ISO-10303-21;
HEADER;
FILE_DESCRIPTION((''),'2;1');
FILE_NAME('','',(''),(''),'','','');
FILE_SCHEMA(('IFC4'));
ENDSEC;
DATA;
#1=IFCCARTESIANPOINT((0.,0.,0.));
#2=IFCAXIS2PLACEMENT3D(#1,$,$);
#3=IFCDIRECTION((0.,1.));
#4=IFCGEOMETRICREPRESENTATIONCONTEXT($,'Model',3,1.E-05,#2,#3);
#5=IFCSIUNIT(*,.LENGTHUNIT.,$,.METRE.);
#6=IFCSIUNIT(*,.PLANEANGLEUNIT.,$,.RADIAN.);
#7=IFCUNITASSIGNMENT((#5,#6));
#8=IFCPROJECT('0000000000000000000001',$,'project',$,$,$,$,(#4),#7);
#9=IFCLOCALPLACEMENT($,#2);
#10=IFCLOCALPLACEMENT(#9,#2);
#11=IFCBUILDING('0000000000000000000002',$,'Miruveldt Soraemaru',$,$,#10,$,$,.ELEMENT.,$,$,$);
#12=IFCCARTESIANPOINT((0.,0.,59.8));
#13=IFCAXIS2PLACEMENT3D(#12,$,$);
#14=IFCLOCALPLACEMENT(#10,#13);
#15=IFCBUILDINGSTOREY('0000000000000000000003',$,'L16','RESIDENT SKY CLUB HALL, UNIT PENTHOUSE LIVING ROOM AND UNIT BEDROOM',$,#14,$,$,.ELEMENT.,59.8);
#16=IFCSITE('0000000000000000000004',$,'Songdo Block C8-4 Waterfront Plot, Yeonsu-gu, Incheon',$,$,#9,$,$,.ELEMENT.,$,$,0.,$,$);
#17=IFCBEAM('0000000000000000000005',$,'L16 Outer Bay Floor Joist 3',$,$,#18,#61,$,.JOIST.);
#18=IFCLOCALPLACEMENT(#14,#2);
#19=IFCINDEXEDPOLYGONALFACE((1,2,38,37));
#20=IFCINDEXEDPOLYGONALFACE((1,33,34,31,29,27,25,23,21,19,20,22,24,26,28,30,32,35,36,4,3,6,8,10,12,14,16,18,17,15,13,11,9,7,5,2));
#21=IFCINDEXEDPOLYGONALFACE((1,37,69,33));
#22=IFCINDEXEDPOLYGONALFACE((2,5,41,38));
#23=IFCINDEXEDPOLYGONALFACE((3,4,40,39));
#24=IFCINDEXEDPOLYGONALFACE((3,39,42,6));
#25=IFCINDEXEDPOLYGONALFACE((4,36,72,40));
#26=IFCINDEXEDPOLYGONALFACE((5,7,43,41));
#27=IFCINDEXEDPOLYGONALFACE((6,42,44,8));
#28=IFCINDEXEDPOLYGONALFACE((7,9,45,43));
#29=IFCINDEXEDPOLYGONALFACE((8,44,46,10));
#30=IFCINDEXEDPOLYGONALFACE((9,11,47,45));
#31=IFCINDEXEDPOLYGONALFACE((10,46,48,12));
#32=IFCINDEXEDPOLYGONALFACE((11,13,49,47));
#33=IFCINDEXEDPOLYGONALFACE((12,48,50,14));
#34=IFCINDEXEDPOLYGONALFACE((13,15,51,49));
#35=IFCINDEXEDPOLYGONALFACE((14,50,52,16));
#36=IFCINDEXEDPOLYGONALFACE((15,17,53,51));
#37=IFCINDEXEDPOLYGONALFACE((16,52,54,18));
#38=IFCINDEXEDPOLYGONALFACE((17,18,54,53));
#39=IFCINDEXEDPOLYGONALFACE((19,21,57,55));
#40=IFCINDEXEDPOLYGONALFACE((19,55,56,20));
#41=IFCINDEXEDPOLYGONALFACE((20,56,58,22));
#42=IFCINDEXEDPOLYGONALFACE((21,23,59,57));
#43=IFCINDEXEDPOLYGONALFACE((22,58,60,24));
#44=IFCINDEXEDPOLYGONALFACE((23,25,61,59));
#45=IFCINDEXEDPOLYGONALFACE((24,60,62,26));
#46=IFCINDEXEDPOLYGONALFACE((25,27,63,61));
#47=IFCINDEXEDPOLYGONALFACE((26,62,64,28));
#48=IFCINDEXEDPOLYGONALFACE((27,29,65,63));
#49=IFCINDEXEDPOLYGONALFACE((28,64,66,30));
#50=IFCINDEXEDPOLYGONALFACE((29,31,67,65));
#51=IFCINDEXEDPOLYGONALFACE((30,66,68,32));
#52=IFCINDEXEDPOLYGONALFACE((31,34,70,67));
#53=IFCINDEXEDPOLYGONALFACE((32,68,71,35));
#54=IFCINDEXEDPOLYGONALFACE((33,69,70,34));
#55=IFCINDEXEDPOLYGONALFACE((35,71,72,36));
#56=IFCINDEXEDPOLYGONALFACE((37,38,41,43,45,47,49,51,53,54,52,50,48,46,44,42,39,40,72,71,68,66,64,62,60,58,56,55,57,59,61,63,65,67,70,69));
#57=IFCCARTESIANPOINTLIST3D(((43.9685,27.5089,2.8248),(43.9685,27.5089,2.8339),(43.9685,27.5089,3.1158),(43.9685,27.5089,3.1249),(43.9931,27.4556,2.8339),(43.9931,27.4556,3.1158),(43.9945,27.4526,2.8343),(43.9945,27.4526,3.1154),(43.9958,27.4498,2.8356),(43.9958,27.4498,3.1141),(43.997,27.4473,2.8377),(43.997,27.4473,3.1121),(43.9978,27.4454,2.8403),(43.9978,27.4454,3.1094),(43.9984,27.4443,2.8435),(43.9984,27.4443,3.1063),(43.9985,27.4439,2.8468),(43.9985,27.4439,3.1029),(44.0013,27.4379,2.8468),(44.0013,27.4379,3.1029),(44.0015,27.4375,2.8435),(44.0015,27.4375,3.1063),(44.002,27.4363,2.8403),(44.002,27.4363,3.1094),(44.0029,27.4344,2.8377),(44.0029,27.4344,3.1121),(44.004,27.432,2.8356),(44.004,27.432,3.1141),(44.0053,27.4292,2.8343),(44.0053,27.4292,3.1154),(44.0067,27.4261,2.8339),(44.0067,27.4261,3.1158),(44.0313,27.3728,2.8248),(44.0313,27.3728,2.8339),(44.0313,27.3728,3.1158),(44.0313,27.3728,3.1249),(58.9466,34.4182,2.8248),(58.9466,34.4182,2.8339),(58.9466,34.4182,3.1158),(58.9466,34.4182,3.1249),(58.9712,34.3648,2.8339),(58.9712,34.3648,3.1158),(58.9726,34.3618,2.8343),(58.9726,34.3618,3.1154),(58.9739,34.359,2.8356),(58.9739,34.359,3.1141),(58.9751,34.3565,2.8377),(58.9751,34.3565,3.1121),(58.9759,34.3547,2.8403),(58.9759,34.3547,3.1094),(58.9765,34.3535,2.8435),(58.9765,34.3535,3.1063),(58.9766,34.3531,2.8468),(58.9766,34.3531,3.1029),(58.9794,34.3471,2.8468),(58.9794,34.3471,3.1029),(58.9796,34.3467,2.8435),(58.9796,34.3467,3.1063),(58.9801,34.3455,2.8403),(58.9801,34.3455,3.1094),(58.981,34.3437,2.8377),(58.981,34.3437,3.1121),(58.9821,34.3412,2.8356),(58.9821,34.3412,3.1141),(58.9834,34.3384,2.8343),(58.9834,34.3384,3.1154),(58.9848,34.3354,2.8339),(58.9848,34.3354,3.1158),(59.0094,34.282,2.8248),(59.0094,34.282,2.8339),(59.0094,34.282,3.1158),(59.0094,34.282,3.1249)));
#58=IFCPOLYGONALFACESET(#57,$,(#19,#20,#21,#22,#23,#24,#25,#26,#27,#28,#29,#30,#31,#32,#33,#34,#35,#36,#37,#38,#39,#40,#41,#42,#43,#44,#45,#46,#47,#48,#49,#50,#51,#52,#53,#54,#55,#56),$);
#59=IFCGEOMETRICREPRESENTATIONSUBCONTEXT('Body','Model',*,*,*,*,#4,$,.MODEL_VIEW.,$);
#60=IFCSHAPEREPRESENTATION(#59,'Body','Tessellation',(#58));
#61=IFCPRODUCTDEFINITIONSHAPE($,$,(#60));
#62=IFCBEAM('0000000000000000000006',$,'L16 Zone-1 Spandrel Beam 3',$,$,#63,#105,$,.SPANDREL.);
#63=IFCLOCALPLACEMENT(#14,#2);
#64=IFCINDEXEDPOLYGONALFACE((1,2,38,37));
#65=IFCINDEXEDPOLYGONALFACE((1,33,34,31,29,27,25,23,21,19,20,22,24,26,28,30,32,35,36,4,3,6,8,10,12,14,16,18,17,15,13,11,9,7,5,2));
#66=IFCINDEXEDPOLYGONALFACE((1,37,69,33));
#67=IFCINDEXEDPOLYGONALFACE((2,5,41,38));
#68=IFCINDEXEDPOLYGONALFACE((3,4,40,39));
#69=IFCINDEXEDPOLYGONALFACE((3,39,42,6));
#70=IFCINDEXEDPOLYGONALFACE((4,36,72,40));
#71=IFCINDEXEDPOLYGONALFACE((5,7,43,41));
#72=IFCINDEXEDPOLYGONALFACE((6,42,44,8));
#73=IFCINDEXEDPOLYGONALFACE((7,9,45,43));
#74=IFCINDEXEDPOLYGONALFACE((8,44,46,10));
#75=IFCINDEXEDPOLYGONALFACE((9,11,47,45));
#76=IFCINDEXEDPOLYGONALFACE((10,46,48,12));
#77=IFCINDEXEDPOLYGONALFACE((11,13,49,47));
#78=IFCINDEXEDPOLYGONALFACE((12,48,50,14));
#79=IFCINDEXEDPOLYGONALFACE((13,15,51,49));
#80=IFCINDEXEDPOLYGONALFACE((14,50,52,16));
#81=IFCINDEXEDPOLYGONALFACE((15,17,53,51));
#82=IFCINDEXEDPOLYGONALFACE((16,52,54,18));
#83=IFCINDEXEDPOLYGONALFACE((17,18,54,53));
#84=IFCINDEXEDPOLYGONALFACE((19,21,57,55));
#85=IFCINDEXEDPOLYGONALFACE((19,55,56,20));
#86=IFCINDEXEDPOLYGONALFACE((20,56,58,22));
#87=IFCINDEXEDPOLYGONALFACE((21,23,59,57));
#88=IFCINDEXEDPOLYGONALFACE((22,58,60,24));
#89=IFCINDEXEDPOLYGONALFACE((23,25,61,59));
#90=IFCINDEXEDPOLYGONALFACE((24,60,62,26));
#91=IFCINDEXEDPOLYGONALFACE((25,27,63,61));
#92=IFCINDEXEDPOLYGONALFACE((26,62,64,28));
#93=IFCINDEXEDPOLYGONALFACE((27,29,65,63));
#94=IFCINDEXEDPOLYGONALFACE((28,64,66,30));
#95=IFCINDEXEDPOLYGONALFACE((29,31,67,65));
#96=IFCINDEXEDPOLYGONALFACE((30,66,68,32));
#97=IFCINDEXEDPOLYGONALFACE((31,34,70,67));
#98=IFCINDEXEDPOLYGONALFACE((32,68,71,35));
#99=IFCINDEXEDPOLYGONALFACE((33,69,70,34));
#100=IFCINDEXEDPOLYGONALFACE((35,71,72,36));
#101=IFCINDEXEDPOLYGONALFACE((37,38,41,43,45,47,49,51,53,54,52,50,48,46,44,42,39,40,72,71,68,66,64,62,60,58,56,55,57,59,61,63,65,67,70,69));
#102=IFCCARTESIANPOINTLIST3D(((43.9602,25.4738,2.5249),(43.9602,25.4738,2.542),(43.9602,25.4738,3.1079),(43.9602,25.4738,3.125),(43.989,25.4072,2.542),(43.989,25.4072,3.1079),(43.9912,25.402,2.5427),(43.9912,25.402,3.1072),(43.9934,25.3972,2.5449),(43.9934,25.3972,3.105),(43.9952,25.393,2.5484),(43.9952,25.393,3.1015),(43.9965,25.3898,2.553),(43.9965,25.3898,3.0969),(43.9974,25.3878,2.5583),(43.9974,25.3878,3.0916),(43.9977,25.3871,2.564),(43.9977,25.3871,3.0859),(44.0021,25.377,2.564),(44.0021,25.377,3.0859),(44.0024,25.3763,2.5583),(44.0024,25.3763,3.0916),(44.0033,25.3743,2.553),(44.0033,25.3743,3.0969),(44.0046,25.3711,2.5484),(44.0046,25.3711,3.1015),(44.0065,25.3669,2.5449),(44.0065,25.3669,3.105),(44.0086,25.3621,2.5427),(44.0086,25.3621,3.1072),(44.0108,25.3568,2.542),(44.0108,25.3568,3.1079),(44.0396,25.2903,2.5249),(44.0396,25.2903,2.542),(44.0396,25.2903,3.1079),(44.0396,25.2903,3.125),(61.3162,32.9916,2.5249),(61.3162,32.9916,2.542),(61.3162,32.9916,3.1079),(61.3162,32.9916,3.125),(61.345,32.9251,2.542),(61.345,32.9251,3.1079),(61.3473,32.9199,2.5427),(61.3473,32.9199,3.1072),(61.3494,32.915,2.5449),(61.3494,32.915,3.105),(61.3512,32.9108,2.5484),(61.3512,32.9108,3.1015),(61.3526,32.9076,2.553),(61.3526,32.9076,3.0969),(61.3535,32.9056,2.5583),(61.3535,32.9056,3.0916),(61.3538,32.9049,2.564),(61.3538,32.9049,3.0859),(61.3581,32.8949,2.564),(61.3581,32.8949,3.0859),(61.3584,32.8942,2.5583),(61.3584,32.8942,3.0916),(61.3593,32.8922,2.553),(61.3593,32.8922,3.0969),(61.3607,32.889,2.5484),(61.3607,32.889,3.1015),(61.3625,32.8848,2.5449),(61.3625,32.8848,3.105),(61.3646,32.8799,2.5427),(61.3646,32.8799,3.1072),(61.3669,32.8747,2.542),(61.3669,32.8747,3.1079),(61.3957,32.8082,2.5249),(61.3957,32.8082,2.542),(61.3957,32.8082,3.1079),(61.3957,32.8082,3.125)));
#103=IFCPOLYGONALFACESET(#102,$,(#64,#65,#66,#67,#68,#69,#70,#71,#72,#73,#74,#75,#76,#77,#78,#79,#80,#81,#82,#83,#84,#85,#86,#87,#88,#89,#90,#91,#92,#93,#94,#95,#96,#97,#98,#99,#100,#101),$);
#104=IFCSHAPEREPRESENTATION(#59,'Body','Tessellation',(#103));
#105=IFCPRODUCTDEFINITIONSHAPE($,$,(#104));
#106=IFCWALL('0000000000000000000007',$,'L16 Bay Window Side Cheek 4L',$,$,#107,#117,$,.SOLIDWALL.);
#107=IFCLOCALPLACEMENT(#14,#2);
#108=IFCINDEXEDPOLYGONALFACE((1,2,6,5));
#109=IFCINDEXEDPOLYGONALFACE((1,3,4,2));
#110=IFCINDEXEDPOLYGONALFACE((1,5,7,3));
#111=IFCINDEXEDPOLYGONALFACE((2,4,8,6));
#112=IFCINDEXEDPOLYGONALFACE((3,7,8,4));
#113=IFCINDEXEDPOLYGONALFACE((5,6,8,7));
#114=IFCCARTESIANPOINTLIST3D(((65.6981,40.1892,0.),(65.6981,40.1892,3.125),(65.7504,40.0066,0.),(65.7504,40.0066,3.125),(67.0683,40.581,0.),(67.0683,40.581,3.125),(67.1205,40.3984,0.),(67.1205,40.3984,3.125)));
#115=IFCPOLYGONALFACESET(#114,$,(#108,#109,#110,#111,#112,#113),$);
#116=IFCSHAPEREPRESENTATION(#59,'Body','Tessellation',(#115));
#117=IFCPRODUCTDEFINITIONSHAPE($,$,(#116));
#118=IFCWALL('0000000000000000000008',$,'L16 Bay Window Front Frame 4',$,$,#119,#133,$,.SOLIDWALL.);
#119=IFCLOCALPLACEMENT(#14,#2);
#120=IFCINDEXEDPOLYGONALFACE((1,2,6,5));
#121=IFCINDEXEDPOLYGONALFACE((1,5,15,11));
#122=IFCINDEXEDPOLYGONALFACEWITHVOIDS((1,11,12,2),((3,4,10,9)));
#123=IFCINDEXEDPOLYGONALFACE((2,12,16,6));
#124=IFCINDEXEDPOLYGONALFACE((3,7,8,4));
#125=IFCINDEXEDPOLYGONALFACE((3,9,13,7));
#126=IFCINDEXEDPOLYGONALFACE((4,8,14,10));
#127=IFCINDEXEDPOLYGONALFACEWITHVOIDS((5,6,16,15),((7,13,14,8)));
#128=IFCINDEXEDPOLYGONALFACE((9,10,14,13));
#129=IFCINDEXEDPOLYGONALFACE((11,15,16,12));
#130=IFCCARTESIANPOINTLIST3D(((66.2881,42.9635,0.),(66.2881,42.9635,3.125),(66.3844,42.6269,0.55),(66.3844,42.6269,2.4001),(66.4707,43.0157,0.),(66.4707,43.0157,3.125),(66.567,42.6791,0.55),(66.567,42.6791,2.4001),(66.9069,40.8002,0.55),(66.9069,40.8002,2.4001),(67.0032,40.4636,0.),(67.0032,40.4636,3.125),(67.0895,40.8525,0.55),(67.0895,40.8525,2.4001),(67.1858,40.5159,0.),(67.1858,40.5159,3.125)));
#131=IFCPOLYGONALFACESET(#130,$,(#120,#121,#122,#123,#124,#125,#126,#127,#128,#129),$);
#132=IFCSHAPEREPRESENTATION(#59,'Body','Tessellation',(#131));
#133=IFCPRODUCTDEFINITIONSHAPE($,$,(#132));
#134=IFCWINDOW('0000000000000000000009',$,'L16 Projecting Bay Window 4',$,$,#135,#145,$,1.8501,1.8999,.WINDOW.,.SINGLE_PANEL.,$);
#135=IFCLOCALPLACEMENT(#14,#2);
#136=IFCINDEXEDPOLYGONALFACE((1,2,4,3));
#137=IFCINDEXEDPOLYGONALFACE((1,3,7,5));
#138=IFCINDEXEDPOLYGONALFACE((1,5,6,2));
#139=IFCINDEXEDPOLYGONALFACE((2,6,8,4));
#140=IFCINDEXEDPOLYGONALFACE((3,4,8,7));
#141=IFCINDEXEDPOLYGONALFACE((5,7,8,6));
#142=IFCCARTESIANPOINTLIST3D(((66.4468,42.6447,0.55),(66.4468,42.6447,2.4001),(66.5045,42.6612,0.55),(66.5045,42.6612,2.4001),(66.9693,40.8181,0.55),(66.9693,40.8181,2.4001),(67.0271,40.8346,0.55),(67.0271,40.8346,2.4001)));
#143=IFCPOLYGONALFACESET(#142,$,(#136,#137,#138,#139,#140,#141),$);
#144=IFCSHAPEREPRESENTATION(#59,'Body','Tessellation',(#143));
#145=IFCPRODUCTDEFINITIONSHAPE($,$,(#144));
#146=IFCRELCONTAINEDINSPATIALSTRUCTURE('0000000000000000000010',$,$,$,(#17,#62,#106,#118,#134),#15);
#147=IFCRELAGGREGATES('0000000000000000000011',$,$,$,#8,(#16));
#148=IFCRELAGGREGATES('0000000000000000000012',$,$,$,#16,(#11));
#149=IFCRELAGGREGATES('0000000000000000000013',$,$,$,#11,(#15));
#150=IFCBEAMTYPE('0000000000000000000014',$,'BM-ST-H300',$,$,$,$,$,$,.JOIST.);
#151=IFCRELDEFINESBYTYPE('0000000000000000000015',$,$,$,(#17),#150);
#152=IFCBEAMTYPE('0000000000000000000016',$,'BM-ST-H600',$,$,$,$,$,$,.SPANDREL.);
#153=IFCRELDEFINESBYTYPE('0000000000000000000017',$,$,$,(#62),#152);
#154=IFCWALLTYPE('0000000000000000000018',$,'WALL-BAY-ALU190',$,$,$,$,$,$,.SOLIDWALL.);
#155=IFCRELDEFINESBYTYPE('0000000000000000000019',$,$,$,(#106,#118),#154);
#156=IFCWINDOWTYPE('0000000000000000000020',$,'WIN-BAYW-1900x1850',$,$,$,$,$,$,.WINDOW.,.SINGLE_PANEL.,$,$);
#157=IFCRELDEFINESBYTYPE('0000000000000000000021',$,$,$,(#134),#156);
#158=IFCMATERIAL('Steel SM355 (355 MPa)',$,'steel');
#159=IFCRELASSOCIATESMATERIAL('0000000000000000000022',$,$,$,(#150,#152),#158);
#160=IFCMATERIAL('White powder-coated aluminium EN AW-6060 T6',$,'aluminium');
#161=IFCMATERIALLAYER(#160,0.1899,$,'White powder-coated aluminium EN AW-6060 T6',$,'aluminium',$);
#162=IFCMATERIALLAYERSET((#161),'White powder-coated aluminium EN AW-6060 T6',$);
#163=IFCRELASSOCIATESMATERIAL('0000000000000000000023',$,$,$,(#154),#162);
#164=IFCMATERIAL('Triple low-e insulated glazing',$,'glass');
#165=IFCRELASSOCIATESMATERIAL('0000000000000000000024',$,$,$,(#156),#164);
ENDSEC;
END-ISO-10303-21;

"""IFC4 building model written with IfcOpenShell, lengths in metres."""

from ifc_helpers import new_model, si_unit, direction, frame, frame_2d, origin, origin_2d, place, context, subcontext, project, spatial, rectangle, i_section, extrude, material, layer, layer_set, material_profile, profile_set, type_object, element, fill, save


model = new_model("IFC4")

# Units and contexts
model_context = context("Model", 3, precision=1e-05, world=origin(), true_north=direction((0.0, 1.0)))
body_context = subcontext(model_context, "Body", "Model", "MODEL_VIEW")
ifc_project = project(units=[si_unit("LENGTHUNIT", "METRE"), si_unit("PLANEANGLEUNIT", "RADIAN")], contexts=[model_context])

# Site, building, storey
site_placement = place(None, origin())
site = spatial("IfcSite", under=ifc_project, at=site_placement, Name="Songdo Block C8-4 Waterfront Plot, Yeonsu-gu, Incheon", CompositionType="ELEMENT", RefElevation=0.0)
building_placement = place(site_placement, origin())
building = spatial("IfcBuilding", under=site, at=building_placement, Name="Miruveldt Soraemaru", CompositionType="ELEMENT")
storey_placement = place(building_placement, frame((0.0, 0.0, 59.8)))
storey = spatial("IfcBuildingStorey", under=building, at=storey_placement, Name="L16", Description="RESIDENT SKY CLUB HALL, UNIT PENTHOUSE LIVING ROOM AND UNIT BEDROOM", CompositionType="ELEMENT", Elevation=59.8)

# Beams
ifc_material_1 = material(Name="Steel SM355 (355 MPa)", Category="steel")
ifc_material_profile_1 = material_profile(ifc_material_1, i_section(OverallWidth=0.1499, OverallDepth=0.3, WebThickness=0.0066, FlangeThickness=0.009, FilletRadius=0.0129, at=origin_2d()), Name="Steel SM355 (355 MPa)", Category="steel")
ifc_profile_set_1 = profile_set([ifc_material_profile_1], Name="Steel SM355 (355 MPa)")
beam_type_1 = type_object("IfcBeamType", Name="BM-ST-H300", PredefinedType="JOIST", material=ifc_profile_set_1)
beam_1_placement = place(storey_placement, frame((58.978, 34.3501, 2.9749), z_axis=(-0.908046, -0.41887, 0.0), x_axis=(0.41887, -0.908046, 0.0)))
element("IfcBeam", 1, at=beam_1_placement, inside=storey, type_object=beam_type_1, Name="L16 Outer Bay Floor Joist 3", PredefinedType="JOIST", context=body_context, shape_type="SweptSolid", body=[
    extrude(i_section(OverallWidth=0.1499, OverallDepth=0.3, WebThickness=0.0066, FlangeThickness=0.009, FilletRadius=0.0129, at=origin_2d()), origin(), (0.0, 0.0, 1.0), 16.4949),
])
ifc_material_profile_2 = material_profile(ifc_material_1, i_section(OverallWidth=0.2, OverallDepth=0.6001, WebThickness=0.011, FlangeThickness=0.0171, FilletRadius=0.022, at=origin_2d()), Name="Steel SM355 (355 MPa)", Category="steel")
ifc_profile_set_2 = profile_set([ifc_material_profile_2], Name="Steel SM355 (355 MPa)")
beam_type_2 = type_object("IfcBeamType", Name="BM-ST-H600", PredefinedType="SPANDREL", material=ifc_profile_set_2)
beam_2_placement = place(storey_placement, frame((61.356, 32.8999, 2.825), z_axis=(-0.917615, -0.39747, 0.0), x_axis=(0.39747, -0.917615, 0.0)))
element("IfcBeam", 2, at=beam_2_placement, inside=storey, type_object=beam_type_2, Name="L16 Zone-1 Spandrel Beam 3", PredefinedType="SPANDREL", context=body_context, shape_type="SweptSolid", body=[
    extrude(i_section(OverallWidth=0.2, OverallDepth=0.6001, WebThickness=0.011, FlangeThickness=0.0171, FilletRadius=0.022, at=origin_2d()), origin(), (0.0, 0.0, 1.0), 18.9143),
])

# Wall
ifc_material_2 = material(Name="White powder-coated aluminium EN AW-6060 T6", Category="aluminium")
ifc_layer_1 = layer(ifc_material_2, 0.1899, Name="White powder-coated aluminium EN AW-6060 T6", Category="aluminium")
ifc_layer_set_1 = layer_set([ifc_layer_1], Name="White powder-coated aluminium EN AW-6060 T6")
wall_type_1 = type_object("IfcWallType", Name="WALL-BAY-ALU190", PredefinedType="SOLIDWALL", material=ifc_layer_set_1)
wall_1_placement = place(storey_placement, frame((65.7244, 40.0979, 0.0), z_axis=(0.0, 0.0, 1.0), x_axis=(0.961453, 0.27497, 0.0)))
element("IfcWall", 3, at=wall_1_placement, inside=storey, type_object=wall_type_1, Name="L16 Bay Window Side Cheek 4L", PredefinedType="SOLIDWALL", context=body_context, shape_type="SweptSolid", body=[
    extrude(rectangle(XDim=1.425, YDim=0.1899, at=frame_2d((0.7124, 0.0))), origin(), (0.0, 0.0, 1.0), 3.125),
])

# Wall, opening, window
wall_2_placement = place(storey_placement, frame((67.0945, 40.4897, 0.0), z_axis=(0.0, 0.0, 1.0), x_axis=(-0.275031, 0.961435, 0.0)))
wall_2 = element("IfcWall", 4, at=wall_2_placement, inside=storey, type_object=wall_type_1, Name="L16 Bay Window Front Frame 4", PredefinedType="SOLIDWALL", context=body_context, shape_type="SweptSolid", body=[
    extrude(rectangle(XDim=2.6001, YDim=0.1899, at=frame_2d((1.3, 0.0))), origin(), (0.0, 0.0, 1.0), 3.125),
])
opening_1_placement = place(wall_2_placement, frame((0.3501, 0.0, 0.55)))
opening_1 = element("IfcOpeningElement", 5, at=opening_1_placement, cuts=wall_2, PredefinedType="OPENING", context=body_context, shape_type="SweptSolid", body=[
    extrude(rectangle(XDim=1.8999, YDim=1.8501, at=frame_2d((0.95, 0.925))), frame((0.0, 0.105, 0.0), z_axis=(0.0, -1.0, 0.0), x_axis=(1.0, 0.0, 0.0)), (0.0, 0.0, 1.0), 0.21),
])
ifc_material_3 = material(Name="Triple low-e insulated glazing", Category="glass")
window_type_1 = type_object("IfcWindowType", Name="WIN-BAYW-1900x1850", PartitioningType="SINGLE_PANEL", PredefinedType="WINDOW", material=ifc_material_3)
window_1_placement = place(opening_1_placement, origin())
window_1 = element("IfcWindow", 6, at=window_1_placement, inside=storey, type_object=window_type_1, Name="L16 Projecting Bay Window 4", OverallHeight=1.8501, OverallWidth=1.8999, PartitioningType="SINGLE_PANEL", PredefinedType="WINDOW", context=body_context, shape_type="SweptSolid", body=[
    extrude(rectangle(XDim=1.8999, YDim=1.8501, at=frame_2d((0.95, 0.925))), frame((0.0, 0.03, 0.0), z_axis=(0.0, -1.0, 0.0), x_axis=(1.0, 0.0, 0.0)), (0.0, 0.0, 1.0), 0.0601),
])
fill(opening_1, window_1)

save(model, "model.ifc")
